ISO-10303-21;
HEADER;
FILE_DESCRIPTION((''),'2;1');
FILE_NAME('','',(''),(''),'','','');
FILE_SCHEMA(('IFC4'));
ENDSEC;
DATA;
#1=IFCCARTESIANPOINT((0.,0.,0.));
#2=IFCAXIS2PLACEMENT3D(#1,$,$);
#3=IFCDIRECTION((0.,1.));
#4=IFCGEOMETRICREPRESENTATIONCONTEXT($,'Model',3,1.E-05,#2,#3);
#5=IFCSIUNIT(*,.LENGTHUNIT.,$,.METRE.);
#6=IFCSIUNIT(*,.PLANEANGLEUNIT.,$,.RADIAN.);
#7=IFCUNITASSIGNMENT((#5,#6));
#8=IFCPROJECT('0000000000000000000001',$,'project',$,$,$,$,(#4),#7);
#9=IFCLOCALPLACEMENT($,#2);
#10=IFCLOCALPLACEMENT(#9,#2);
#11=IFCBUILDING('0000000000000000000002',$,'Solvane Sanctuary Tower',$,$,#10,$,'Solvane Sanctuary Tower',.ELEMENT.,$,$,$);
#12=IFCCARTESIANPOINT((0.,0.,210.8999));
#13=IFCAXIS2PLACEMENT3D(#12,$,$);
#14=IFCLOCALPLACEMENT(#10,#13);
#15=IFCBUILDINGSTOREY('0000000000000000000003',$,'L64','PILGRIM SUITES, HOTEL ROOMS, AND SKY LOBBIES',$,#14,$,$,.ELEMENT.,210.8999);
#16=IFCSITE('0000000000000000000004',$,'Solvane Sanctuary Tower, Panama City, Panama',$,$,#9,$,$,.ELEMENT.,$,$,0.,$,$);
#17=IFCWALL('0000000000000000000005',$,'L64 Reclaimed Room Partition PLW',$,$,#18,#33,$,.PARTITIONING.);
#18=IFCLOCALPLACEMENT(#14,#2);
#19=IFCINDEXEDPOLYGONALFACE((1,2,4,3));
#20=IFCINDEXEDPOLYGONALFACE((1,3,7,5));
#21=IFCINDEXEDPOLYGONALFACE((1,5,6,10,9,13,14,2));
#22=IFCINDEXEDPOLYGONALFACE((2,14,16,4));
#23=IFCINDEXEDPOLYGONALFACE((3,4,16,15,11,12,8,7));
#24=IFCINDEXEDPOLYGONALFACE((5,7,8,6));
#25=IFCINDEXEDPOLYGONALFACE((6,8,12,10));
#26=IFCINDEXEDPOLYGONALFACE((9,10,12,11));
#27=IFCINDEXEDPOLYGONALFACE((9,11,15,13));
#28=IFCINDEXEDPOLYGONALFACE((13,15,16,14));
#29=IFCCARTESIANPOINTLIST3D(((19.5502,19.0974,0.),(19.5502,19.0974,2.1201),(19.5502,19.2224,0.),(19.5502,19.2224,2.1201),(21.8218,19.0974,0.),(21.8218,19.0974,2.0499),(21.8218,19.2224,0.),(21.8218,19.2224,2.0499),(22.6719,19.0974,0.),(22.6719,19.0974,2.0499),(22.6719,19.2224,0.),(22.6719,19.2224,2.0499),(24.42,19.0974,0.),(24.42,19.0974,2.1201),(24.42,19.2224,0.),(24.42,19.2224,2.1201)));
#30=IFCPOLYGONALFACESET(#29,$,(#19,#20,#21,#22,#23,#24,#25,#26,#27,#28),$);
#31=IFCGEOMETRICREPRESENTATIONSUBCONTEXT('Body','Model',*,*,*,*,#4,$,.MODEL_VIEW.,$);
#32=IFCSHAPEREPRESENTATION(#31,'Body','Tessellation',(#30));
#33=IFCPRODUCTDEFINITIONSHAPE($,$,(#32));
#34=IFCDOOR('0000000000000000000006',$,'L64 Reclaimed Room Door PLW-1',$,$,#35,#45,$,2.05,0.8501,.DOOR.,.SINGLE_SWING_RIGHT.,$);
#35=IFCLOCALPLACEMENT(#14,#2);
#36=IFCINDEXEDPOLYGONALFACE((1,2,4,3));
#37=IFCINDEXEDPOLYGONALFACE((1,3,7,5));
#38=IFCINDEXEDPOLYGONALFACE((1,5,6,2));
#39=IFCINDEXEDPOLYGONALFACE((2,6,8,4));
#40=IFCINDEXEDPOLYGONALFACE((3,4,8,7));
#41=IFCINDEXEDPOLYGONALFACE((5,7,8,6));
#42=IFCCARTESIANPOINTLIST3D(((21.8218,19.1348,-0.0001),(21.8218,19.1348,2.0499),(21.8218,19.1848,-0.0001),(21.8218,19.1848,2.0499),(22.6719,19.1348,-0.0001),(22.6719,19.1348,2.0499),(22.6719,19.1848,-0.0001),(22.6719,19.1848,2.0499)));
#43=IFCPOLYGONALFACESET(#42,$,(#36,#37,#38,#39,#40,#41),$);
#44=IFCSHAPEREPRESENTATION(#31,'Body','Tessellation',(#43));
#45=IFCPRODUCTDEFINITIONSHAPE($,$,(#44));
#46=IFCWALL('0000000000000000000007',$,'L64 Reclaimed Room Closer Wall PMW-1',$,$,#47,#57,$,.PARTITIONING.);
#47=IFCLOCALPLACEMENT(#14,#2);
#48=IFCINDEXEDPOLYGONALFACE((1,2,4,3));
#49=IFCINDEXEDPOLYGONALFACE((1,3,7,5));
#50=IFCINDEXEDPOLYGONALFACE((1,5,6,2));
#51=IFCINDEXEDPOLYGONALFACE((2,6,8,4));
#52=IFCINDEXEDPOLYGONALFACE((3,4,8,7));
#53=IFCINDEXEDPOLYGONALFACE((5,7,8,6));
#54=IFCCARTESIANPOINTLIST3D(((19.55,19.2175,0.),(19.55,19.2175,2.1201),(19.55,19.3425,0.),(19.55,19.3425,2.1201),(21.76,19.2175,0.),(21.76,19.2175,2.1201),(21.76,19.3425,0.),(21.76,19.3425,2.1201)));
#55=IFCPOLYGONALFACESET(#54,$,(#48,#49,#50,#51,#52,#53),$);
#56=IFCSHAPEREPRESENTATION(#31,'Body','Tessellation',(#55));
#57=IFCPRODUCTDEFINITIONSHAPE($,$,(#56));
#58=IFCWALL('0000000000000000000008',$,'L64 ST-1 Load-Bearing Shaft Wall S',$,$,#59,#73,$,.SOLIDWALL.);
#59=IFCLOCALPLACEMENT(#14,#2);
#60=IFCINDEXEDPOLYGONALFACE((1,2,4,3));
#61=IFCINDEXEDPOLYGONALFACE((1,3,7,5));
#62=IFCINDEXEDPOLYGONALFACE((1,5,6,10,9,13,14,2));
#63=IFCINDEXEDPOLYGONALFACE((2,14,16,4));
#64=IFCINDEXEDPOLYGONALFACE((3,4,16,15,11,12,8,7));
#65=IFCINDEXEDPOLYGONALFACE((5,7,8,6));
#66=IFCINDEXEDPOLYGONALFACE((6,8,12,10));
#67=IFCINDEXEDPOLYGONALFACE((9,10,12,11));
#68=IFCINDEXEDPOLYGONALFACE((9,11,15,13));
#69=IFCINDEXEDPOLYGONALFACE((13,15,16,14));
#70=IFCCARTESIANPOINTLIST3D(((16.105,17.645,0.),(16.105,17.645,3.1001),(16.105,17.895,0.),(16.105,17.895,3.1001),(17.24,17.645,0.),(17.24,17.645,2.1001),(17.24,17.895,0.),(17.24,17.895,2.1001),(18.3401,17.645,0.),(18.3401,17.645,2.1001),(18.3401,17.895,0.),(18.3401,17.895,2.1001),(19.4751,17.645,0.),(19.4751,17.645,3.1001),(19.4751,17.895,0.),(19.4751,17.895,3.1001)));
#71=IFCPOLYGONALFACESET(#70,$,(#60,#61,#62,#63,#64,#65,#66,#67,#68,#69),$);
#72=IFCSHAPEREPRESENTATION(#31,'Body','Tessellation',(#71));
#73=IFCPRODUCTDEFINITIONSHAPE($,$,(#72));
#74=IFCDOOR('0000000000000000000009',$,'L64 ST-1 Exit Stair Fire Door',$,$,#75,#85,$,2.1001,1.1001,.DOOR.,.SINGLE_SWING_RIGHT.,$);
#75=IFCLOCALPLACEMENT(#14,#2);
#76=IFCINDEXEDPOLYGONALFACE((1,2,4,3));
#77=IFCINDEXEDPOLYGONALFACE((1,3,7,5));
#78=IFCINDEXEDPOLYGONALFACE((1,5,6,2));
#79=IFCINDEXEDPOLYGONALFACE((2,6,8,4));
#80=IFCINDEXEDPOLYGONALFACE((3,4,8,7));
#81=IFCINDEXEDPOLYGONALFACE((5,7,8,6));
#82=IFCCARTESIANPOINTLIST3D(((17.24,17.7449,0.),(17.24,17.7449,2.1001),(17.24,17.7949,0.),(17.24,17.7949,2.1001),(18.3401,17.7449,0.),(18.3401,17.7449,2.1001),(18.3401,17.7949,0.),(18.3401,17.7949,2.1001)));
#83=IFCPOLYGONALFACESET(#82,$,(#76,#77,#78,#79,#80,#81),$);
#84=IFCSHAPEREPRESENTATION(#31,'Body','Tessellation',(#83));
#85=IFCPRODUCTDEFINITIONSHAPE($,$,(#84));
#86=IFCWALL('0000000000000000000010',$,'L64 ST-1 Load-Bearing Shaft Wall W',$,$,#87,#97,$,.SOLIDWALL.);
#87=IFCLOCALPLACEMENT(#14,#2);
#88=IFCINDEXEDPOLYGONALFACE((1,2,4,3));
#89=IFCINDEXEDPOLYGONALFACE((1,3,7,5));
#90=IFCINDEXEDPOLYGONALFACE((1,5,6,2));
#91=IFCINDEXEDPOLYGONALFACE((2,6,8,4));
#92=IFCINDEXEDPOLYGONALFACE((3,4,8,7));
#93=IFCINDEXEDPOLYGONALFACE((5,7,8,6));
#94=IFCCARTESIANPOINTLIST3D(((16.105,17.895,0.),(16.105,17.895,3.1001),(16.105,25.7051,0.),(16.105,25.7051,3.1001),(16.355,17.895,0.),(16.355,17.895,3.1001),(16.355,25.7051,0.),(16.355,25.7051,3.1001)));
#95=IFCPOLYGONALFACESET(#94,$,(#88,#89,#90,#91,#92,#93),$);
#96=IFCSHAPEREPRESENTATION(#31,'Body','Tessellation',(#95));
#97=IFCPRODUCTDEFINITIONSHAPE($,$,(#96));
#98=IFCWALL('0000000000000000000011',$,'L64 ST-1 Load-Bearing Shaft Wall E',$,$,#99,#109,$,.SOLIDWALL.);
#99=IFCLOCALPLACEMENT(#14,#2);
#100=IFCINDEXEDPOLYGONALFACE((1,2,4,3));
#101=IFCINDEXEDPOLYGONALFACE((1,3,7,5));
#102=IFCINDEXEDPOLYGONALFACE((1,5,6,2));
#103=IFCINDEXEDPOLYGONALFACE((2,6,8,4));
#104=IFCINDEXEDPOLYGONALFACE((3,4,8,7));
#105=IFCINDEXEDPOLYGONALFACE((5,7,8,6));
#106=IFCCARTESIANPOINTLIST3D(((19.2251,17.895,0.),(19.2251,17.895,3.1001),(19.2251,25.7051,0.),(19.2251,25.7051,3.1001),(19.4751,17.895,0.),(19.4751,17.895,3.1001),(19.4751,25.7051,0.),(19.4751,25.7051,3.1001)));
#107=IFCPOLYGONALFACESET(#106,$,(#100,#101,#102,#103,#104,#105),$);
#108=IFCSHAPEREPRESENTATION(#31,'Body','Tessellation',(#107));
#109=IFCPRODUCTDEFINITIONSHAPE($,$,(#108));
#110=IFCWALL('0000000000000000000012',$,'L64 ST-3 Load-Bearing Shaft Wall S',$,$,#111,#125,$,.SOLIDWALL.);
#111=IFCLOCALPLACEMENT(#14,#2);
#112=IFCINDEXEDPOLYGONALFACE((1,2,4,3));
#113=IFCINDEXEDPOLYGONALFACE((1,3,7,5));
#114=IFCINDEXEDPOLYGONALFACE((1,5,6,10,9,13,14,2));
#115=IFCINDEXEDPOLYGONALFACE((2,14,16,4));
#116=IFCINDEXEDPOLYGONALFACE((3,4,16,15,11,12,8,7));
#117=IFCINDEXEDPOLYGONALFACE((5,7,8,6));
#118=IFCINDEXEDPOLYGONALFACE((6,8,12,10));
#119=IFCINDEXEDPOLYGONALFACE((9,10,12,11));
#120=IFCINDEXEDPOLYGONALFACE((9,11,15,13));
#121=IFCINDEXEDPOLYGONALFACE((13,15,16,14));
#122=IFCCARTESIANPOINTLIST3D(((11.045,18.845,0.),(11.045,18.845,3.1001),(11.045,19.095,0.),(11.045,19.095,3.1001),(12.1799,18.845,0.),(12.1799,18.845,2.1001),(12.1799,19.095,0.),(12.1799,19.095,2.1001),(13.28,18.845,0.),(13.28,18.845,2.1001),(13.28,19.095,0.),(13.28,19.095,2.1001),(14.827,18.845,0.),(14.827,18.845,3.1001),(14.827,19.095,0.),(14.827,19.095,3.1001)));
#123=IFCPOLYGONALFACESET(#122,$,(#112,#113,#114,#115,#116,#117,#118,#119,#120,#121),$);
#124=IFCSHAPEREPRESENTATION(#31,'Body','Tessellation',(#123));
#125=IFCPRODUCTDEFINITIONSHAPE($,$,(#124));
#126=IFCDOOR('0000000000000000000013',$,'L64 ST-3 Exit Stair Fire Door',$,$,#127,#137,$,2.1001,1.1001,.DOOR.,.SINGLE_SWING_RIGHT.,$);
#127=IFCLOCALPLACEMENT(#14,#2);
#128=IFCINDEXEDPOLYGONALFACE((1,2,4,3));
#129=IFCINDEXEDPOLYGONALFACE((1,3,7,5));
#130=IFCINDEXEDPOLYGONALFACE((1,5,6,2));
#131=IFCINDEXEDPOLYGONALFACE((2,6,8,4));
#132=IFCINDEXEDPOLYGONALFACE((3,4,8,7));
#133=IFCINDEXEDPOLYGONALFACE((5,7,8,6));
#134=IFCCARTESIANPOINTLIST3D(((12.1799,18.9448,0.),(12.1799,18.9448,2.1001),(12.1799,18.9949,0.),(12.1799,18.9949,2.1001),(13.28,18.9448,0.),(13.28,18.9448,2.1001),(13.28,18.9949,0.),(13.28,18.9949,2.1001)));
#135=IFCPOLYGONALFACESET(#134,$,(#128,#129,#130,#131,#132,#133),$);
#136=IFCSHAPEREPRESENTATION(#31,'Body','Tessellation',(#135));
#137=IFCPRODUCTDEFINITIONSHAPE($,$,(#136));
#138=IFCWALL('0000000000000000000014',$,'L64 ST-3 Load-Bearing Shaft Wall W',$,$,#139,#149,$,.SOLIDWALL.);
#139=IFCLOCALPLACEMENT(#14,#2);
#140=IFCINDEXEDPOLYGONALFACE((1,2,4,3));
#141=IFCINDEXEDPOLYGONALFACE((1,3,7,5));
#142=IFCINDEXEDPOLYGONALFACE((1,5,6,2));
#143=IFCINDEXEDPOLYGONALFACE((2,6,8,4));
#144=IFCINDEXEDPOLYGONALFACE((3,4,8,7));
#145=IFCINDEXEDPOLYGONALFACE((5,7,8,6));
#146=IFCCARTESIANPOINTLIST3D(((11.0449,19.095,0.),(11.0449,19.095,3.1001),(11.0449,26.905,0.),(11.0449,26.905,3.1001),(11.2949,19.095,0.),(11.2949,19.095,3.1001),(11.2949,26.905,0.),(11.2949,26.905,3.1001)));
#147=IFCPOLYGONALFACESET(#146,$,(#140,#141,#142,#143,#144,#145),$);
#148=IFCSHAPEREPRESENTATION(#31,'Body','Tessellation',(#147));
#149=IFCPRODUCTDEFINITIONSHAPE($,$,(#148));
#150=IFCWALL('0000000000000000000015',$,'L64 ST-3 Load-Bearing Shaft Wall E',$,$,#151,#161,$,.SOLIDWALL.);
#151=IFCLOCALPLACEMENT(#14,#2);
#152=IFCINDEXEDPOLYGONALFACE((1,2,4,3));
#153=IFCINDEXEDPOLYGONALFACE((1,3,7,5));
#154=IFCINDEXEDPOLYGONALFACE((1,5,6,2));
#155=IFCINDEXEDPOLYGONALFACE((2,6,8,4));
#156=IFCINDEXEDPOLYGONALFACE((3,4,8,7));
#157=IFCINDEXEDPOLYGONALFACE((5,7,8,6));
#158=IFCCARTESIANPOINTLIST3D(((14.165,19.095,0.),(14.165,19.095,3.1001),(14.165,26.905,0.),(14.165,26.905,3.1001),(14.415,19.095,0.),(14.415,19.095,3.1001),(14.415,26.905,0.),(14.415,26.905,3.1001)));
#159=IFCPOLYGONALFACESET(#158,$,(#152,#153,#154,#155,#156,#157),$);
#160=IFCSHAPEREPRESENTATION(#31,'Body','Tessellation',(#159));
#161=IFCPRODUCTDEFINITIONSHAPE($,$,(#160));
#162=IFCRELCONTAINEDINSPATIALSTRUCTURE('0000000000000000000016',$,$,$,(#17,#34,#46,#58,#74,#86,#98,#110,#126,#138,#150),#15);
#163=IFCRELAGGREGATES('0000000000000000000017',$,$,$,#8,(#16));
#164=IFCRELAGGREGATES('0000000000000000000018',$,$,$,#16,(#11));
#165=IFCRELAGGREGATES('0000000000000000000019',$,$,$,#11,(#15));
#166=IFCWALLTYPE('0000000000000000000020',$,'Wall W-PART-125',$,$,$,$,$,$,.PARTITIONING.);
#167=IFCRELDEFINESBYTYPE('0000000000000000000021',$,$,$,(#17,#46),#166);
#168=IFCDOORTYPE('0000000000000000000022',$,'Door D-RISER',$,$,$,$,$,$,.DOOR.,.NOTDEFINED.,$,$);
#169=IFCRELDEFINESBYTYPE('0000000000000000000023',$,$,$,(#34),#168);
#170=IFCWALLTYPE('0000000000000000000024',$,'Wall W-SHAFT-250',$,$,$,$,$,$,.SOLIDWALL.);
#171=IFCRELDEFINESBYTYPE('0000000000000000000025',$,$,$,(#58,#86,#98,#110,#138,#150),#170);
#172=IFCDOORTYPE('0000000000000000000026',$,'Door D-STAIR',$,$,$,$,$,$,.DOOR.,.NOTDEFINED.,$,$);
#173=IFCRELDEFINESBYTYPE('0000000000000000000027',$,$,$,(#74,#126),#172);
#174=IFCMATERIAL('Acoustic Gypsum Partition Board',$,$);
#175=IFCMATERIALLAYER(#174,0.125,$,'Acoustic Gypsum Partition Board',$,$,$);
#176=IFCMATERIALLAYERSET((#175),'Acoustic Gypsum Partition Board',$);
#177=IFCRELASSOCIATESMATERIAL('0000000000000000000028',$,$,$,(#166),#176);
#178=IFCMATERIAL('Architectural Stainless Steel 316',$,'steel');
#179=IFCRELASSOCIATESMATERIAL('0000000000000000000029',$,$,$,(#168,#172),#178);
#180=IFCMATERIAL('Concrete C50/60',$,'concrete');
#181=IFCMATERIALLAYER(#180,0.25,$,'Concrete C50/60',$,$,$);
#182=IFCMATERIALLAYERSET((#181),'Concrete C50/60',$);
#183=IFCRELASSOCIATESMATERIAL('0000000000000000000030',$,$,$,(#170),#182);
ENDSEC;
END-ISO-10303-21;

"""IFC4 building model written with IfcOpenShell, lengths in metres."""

from ifc_helpers import new_model, si_unit, direction, frame, frame_2d, origin, place, context, subcontext, project, spatial, rectangle, extrude, material, layer, layer_set, type_object, element, fill, save


model = new_model("IFC4")

# Units and contexts
model_context = context("Model", 3, precision=1e-05, world=origin(), true_north=direction((0.0, 1.0)))
body_context = subcontext(model_context, "Body", "Model", "MODEL_VIEW")
ifc_project = project(units=[si_unit("LENGTHUNIT", "METRE"), si_unit("PLANEANGLEUNIT", "RADIAN")], contexts=[model_context])

# Site, building, storey
site_placement = place(None, origin())
site = spatial("IfcSite", under=ifc_project, at=site_placement, Name="Solvane Sanctuary Tower, Panama City, Panama", CompositionType="ELEMENT", RefElevation=0.0)
building_placement = place(site_placement, origin())
building = spatial("IfcBuilding", under=site, at=building_placement, Name="Solvane Sanctuary Tower", LongName="Solvane Sanctuary Tower", CompositionType="ELEMENT")
storey_placement = place(building_placement, frame((0.0, 0.0, 210.8999)))
storey = spatial("IfcBuildingStorey", under=building, at=storey_placement, Name="L64", Description="PILGRIM SUITES, HOTEL ROOMS, AND SKY LOBBIES", CompositionType="ELEMENT", Elevation=210.8999)

# Shared definitions
ifc_material_1 = material(Name="Concrete C50/60", Category="concrete")
ifc_material_2 = material(Name="Acoustic Gypsum Partition Board")

# Wall, opening, door
ifc_layer_1 = layer(ifc_material_2, 0.125, Name="Acoustic Gypsum Partition Board")
ifc_layer_set_1 = layer_set([ifc_layer_1], Name="Acoustic Gypsum Partition Board")
wall_type_1 = type_object("IfcWallType", Name="Wall W-PART-125", PredefinedType="PARTITIONING", material=ifc_layer_set_1)
wall_1_placement = place(storey_placement, frame((19.55, 19.1599, 0.0), z_axis=(0.0, 0.0, 1.0), x_axis=(1.0, 0.0, 0.0)))
wall_1 = element("IfcWall", 1, at=wall_1_placement, inside=storey, type_object=wall_type_1, Name="L64 Reclaimed Room Partition PLW", PredefinedType="PARTITIONING", context=body_context, shape_type="SweptSolid", body=[
    extrude(rectangle(XDim=4.8699, YDim=0.125, at=frame_2d((2.4351, 0.0))), origin(), (0.0, 0.0, 1.0), 2.1201),
])
opening_1_placement = place(wall_1_placement, frame((2.2717, 0.0, 0.0)))
opening_1 = element("IfcOpeningElement", 2, at=opening_1_placement, cuts=wall_1, PredefinedType="OPENING", context=body_context, shape_type="SweptSolid", body=[
    extrude(rectangle(XDim=0.8501, YDim=2.05, at=frame_2d((0.425, 1.0249))), frame((0.0, 0.0725, 0.0), z_axis=(0.0, -1.0, 0.0), x_axis=(1.0, 0.0, 0.0)), (0.0, 0.0, 1.0), 0.145),
])
ifc_material_3 = material(Name="Architectural Stainless Steel 316", Category="steel")
door_type_1 = type_object("IfcDoorType", Name="Door D-RISER", OperationType="NOTDEFINED", PredefinedType="DOOR", material=ifc_material_3)
door_1_placement = place(opening_1_placement, origin())
door_1 = element("IfcDoor", 3, at=door_1_placement, inside=storey, type_object=door_type_1, Name="L64 Reclaimed Room Door PLW-1", OperationType="SINGLE_SWING_RIGHT", OverallHeight=2.05, OverallWidth=0.8501, PredefinedType="DOOR", context=body_context, shape_type="SweptSolid", body=[
    extrude(rectangle(XDim=0.8501, YDim=2.05, at=frame_2d((0.425, 1.0249))), frame((0.0, 0.0249, 0.0), z_axis=(0.0, -1.0, 0.0), x_axis=(1.0, 0.0, 0.0)), (0.0, 0.0, 1.0), 0.05),
])
fill(opening_1, door_1)

# Wall
wall_2_placement = place(storey_placement, frame((19.55, 19.28, 0.0), z_axis=(0.0, 0.0, 1.0), x_axis=(1.0, 0.0, 0.0)))
element("IfcWall", 4, at=wall_2_placement, inside=storey, type_object=wall_type_1, Name="L64 Reclaimed Room Closer Wall PMW-1", PredefinedType="PARTITIONING", context=body_context, shape_type="SweptSolid", body=[
    extrude(rectangle(XDim=2.21, YDim=0.125, at=frame_2d((1.105, 0.0))), origin(), (0.0, 0.0, 1.0), 2.1201),
])

# Wall, opening, door
ifc_layer_2 = layer(ifc_material_1, 0.25, Name="Concrete C50/60")
ifc_layer_set_2 = layer_set([ifc_layer_2], Name="Concrete C50/60")
wall_type_2 = type_object("IfcWallType", Name="Wall W-SHAFT-250", PredefinedType="SOLIDWALL", material=ifc_layer_set_2)
wall_3_placement = place(storey_placement, frame((16.105, 17.77, 0.0), z_axis=(0.0, 0.0, 1.0), x_axis=(1.0, 0.0, 0.0)))
wall_3 = element("IfcWall", 5, at=wall_3_placement, inside=storey, type_object=wall_type_2, Name="L64 ST-1 Load-Bearing Shaft Wall S", PredefinedType="SOLIDWALL", context=body_context, shape_type="SweptSolid", body=[
    extrude(rectangle(XDim=3.3701, YDim=0.25, at=frame_2d((1.6851, 0.0))), origin(), (0.0, 0.0, 1.0), 3.1001),
])
opening_2_placement = place(wall_3_placement, frame((1.135, 0.0, 0.0)))
opening_2 = element("IfcOpeningElement", 6, at=opening_2_placement, cuts=wall_3, PredefinedType="OPENING", context=body_context, shape_type="SweptSolid", body=[
    extrude(rectangle(XDim=1.1001, YDim=2.1001, at=frame_2d((0.55, 1.05))), frame((0.0, 0.135, 0.0), z_axis=(0.0, -1.0, 0.0), x_axis=(1.0, 0.0, 0.0)), (0.0, 0.0, 1.0), 0.27),
])
door_type_2 = type_object("IfcDoorType", Name="Door D-STAIR", OperationType="NOTDEFINED", PredefinedType="DOOR", material=ifc_material_3)
door_2_placement = place(opening_2_placement, origin())
door_2 = element("IfcDoor", 7, at=door_2_placement, inside=storey, type_object=door_type_2, Name="L64 ST-1 Exit Stair Fire Door", OperationType="SINGLE_SWING_RIGHT", OverallHeight=2.1001, OverallWidth=1.1001, PredefinedType="DOOR", context=body_context, shape_type="SweptSolid", body=[
    extrude(rectangle(XDim=1.1001, YDim=2.1001, at=frame_2d((0.55, 1.05))), frame((0.0, 0.0249, 0.0), z_axis=(0.0, -1.0, 0.0), x_axis=(1.0, 0.0, 0.0)), (0.0, 0.0, 1.0), 0.05),
])
fill(opening_2, door_2)

# Walls
for number, where, z_axis, x_axis, name in (
    (8, (16.23, 17.895, 0.0), (0.0, 0.0, 1.0), (0.0, 1.0, 0.0), "L64 ST-1 Load-Bearing Shaft Wall W"),
    (9, (19.3501, 17.895, 0.0), (0.0, 0.0, 1.0), (0.0, 1.0, 0.0), "L64 ST-1 Load-Bearing Shaft Wall E"),
):
    element("IfcWall", number, at=place(storey_placement, frame(where, z_axis=z_axis, x_axis=x_axis)), inside=storey, type_object=wall_type_2, Name=name, PredefinedType="SOLIDWALL", context=body_context, shape_type="SweptSolid", body=[
        extrude(rectangle(XDim=7.8101, YDim=0.25, at=frame_2d((3.905, 0.0))), origin(), (0.0, 0.0, 1.0), 3.1001),
    ])

# Wall, opening, door
wall_4_placement = place(storey_placement, frame((11.0449, 18.97, 0.0), z_axis=(0.0, 0.0, 1.0), x_axis=(1.0, 0.0, 0.0)))
wall_4 = element("IfcWall", 10, at=wall_4_placement, inside=storey, type_object=wall_type_2, Name="L64 ST-3 Load-Bearing Shaft Wall S", PredefinedType="SOLIDWALL", context=body_context, shape_type="SweptSolid", body=[
    extrude(rectangle(XDim=3.782, YDim=0.25, at=frame_2d((1.8911, 0.0))), origin(), (0.0, 0.0, 1.0), 3.1001),
])
opening_3_placement = place(wall_4_placement, frame((1.135, 0.0, 0.0)))
opening_3 = element("IfcOpeningElement", 11, at=opening_3_placement, cuts=wall_4, PredefinedType="OPENING", context=body_context, shape_type="SweptSolid", body=[
    extrude(rectangle(XDim=1.1001, YDim=2.1001, at=frame_2d((0.55, 1.05))), frame((0.0, 0.135, 0.0), z_axis=(0.0, -1.0, 0.0), x_axis=(1.0, 0.0, 0.0)), (0.0, 0.0, 1.0), 0.27),
])
door_3_placement = place(opening_3_placement, origin())
door_3 = element("IfcDoor", 12, at=door_3_placement, inside=storey, type_object=door_type_2, Name="L64 ST-3 Exit Stair Fire Door", OperationType="SINGLE_SWING_RIGHT", OverallHeight=2.1001, OverallWidth=1.1001, PredefinedType="DOOR", context=body_context, shape_type="SweptSolid", body=[
    extrude(rectangle(XDim=1.1001, YDim=2.1001, at=frame_2d((0.55, 1.05))), frame((0.0, 0.0249, 0.0), z_axis=(0.0, -1.0, 0.0), x_axis=(1.0, 0.0, 0.0)), (0.0, 0.0, 1.0), 0.05),
])
fill(opening_3, door_3)

# Walls
for number, where, z_axis, x_axis, name in (
    (13, (11.1699, 19.095, 0.0), (0.0, 0.0, 1.0), (0.0, 1.0, 0.0), "L64 ST-3 Load-Bearing Shaft Wall W"),
    (14, (14.29, 19.095, 0.0), (0.0, 0.0, 1.0), (0.0, 1.0, 0.0), "L64 ST-3 Load-Bearing Shaft Wall E"),
):
    element("IfcWall", number, at=place(storey_placement, frame(where, z_axis=z_axis, x_axis=x_axis)), inside=storey, type_object=wall_type_2, Name=name, PredefinedType="SOLIDWALL", context=body_context, shape_type="SweptSolid", body=[
        extrude(rectangle(XDim=7.8101, YDim=0.25, at=frame_2d((3.905, 0.0))), origin(), (0.0, 0.0, 1.0), 3.1001),
    ])

save(model, "model.ifc")
